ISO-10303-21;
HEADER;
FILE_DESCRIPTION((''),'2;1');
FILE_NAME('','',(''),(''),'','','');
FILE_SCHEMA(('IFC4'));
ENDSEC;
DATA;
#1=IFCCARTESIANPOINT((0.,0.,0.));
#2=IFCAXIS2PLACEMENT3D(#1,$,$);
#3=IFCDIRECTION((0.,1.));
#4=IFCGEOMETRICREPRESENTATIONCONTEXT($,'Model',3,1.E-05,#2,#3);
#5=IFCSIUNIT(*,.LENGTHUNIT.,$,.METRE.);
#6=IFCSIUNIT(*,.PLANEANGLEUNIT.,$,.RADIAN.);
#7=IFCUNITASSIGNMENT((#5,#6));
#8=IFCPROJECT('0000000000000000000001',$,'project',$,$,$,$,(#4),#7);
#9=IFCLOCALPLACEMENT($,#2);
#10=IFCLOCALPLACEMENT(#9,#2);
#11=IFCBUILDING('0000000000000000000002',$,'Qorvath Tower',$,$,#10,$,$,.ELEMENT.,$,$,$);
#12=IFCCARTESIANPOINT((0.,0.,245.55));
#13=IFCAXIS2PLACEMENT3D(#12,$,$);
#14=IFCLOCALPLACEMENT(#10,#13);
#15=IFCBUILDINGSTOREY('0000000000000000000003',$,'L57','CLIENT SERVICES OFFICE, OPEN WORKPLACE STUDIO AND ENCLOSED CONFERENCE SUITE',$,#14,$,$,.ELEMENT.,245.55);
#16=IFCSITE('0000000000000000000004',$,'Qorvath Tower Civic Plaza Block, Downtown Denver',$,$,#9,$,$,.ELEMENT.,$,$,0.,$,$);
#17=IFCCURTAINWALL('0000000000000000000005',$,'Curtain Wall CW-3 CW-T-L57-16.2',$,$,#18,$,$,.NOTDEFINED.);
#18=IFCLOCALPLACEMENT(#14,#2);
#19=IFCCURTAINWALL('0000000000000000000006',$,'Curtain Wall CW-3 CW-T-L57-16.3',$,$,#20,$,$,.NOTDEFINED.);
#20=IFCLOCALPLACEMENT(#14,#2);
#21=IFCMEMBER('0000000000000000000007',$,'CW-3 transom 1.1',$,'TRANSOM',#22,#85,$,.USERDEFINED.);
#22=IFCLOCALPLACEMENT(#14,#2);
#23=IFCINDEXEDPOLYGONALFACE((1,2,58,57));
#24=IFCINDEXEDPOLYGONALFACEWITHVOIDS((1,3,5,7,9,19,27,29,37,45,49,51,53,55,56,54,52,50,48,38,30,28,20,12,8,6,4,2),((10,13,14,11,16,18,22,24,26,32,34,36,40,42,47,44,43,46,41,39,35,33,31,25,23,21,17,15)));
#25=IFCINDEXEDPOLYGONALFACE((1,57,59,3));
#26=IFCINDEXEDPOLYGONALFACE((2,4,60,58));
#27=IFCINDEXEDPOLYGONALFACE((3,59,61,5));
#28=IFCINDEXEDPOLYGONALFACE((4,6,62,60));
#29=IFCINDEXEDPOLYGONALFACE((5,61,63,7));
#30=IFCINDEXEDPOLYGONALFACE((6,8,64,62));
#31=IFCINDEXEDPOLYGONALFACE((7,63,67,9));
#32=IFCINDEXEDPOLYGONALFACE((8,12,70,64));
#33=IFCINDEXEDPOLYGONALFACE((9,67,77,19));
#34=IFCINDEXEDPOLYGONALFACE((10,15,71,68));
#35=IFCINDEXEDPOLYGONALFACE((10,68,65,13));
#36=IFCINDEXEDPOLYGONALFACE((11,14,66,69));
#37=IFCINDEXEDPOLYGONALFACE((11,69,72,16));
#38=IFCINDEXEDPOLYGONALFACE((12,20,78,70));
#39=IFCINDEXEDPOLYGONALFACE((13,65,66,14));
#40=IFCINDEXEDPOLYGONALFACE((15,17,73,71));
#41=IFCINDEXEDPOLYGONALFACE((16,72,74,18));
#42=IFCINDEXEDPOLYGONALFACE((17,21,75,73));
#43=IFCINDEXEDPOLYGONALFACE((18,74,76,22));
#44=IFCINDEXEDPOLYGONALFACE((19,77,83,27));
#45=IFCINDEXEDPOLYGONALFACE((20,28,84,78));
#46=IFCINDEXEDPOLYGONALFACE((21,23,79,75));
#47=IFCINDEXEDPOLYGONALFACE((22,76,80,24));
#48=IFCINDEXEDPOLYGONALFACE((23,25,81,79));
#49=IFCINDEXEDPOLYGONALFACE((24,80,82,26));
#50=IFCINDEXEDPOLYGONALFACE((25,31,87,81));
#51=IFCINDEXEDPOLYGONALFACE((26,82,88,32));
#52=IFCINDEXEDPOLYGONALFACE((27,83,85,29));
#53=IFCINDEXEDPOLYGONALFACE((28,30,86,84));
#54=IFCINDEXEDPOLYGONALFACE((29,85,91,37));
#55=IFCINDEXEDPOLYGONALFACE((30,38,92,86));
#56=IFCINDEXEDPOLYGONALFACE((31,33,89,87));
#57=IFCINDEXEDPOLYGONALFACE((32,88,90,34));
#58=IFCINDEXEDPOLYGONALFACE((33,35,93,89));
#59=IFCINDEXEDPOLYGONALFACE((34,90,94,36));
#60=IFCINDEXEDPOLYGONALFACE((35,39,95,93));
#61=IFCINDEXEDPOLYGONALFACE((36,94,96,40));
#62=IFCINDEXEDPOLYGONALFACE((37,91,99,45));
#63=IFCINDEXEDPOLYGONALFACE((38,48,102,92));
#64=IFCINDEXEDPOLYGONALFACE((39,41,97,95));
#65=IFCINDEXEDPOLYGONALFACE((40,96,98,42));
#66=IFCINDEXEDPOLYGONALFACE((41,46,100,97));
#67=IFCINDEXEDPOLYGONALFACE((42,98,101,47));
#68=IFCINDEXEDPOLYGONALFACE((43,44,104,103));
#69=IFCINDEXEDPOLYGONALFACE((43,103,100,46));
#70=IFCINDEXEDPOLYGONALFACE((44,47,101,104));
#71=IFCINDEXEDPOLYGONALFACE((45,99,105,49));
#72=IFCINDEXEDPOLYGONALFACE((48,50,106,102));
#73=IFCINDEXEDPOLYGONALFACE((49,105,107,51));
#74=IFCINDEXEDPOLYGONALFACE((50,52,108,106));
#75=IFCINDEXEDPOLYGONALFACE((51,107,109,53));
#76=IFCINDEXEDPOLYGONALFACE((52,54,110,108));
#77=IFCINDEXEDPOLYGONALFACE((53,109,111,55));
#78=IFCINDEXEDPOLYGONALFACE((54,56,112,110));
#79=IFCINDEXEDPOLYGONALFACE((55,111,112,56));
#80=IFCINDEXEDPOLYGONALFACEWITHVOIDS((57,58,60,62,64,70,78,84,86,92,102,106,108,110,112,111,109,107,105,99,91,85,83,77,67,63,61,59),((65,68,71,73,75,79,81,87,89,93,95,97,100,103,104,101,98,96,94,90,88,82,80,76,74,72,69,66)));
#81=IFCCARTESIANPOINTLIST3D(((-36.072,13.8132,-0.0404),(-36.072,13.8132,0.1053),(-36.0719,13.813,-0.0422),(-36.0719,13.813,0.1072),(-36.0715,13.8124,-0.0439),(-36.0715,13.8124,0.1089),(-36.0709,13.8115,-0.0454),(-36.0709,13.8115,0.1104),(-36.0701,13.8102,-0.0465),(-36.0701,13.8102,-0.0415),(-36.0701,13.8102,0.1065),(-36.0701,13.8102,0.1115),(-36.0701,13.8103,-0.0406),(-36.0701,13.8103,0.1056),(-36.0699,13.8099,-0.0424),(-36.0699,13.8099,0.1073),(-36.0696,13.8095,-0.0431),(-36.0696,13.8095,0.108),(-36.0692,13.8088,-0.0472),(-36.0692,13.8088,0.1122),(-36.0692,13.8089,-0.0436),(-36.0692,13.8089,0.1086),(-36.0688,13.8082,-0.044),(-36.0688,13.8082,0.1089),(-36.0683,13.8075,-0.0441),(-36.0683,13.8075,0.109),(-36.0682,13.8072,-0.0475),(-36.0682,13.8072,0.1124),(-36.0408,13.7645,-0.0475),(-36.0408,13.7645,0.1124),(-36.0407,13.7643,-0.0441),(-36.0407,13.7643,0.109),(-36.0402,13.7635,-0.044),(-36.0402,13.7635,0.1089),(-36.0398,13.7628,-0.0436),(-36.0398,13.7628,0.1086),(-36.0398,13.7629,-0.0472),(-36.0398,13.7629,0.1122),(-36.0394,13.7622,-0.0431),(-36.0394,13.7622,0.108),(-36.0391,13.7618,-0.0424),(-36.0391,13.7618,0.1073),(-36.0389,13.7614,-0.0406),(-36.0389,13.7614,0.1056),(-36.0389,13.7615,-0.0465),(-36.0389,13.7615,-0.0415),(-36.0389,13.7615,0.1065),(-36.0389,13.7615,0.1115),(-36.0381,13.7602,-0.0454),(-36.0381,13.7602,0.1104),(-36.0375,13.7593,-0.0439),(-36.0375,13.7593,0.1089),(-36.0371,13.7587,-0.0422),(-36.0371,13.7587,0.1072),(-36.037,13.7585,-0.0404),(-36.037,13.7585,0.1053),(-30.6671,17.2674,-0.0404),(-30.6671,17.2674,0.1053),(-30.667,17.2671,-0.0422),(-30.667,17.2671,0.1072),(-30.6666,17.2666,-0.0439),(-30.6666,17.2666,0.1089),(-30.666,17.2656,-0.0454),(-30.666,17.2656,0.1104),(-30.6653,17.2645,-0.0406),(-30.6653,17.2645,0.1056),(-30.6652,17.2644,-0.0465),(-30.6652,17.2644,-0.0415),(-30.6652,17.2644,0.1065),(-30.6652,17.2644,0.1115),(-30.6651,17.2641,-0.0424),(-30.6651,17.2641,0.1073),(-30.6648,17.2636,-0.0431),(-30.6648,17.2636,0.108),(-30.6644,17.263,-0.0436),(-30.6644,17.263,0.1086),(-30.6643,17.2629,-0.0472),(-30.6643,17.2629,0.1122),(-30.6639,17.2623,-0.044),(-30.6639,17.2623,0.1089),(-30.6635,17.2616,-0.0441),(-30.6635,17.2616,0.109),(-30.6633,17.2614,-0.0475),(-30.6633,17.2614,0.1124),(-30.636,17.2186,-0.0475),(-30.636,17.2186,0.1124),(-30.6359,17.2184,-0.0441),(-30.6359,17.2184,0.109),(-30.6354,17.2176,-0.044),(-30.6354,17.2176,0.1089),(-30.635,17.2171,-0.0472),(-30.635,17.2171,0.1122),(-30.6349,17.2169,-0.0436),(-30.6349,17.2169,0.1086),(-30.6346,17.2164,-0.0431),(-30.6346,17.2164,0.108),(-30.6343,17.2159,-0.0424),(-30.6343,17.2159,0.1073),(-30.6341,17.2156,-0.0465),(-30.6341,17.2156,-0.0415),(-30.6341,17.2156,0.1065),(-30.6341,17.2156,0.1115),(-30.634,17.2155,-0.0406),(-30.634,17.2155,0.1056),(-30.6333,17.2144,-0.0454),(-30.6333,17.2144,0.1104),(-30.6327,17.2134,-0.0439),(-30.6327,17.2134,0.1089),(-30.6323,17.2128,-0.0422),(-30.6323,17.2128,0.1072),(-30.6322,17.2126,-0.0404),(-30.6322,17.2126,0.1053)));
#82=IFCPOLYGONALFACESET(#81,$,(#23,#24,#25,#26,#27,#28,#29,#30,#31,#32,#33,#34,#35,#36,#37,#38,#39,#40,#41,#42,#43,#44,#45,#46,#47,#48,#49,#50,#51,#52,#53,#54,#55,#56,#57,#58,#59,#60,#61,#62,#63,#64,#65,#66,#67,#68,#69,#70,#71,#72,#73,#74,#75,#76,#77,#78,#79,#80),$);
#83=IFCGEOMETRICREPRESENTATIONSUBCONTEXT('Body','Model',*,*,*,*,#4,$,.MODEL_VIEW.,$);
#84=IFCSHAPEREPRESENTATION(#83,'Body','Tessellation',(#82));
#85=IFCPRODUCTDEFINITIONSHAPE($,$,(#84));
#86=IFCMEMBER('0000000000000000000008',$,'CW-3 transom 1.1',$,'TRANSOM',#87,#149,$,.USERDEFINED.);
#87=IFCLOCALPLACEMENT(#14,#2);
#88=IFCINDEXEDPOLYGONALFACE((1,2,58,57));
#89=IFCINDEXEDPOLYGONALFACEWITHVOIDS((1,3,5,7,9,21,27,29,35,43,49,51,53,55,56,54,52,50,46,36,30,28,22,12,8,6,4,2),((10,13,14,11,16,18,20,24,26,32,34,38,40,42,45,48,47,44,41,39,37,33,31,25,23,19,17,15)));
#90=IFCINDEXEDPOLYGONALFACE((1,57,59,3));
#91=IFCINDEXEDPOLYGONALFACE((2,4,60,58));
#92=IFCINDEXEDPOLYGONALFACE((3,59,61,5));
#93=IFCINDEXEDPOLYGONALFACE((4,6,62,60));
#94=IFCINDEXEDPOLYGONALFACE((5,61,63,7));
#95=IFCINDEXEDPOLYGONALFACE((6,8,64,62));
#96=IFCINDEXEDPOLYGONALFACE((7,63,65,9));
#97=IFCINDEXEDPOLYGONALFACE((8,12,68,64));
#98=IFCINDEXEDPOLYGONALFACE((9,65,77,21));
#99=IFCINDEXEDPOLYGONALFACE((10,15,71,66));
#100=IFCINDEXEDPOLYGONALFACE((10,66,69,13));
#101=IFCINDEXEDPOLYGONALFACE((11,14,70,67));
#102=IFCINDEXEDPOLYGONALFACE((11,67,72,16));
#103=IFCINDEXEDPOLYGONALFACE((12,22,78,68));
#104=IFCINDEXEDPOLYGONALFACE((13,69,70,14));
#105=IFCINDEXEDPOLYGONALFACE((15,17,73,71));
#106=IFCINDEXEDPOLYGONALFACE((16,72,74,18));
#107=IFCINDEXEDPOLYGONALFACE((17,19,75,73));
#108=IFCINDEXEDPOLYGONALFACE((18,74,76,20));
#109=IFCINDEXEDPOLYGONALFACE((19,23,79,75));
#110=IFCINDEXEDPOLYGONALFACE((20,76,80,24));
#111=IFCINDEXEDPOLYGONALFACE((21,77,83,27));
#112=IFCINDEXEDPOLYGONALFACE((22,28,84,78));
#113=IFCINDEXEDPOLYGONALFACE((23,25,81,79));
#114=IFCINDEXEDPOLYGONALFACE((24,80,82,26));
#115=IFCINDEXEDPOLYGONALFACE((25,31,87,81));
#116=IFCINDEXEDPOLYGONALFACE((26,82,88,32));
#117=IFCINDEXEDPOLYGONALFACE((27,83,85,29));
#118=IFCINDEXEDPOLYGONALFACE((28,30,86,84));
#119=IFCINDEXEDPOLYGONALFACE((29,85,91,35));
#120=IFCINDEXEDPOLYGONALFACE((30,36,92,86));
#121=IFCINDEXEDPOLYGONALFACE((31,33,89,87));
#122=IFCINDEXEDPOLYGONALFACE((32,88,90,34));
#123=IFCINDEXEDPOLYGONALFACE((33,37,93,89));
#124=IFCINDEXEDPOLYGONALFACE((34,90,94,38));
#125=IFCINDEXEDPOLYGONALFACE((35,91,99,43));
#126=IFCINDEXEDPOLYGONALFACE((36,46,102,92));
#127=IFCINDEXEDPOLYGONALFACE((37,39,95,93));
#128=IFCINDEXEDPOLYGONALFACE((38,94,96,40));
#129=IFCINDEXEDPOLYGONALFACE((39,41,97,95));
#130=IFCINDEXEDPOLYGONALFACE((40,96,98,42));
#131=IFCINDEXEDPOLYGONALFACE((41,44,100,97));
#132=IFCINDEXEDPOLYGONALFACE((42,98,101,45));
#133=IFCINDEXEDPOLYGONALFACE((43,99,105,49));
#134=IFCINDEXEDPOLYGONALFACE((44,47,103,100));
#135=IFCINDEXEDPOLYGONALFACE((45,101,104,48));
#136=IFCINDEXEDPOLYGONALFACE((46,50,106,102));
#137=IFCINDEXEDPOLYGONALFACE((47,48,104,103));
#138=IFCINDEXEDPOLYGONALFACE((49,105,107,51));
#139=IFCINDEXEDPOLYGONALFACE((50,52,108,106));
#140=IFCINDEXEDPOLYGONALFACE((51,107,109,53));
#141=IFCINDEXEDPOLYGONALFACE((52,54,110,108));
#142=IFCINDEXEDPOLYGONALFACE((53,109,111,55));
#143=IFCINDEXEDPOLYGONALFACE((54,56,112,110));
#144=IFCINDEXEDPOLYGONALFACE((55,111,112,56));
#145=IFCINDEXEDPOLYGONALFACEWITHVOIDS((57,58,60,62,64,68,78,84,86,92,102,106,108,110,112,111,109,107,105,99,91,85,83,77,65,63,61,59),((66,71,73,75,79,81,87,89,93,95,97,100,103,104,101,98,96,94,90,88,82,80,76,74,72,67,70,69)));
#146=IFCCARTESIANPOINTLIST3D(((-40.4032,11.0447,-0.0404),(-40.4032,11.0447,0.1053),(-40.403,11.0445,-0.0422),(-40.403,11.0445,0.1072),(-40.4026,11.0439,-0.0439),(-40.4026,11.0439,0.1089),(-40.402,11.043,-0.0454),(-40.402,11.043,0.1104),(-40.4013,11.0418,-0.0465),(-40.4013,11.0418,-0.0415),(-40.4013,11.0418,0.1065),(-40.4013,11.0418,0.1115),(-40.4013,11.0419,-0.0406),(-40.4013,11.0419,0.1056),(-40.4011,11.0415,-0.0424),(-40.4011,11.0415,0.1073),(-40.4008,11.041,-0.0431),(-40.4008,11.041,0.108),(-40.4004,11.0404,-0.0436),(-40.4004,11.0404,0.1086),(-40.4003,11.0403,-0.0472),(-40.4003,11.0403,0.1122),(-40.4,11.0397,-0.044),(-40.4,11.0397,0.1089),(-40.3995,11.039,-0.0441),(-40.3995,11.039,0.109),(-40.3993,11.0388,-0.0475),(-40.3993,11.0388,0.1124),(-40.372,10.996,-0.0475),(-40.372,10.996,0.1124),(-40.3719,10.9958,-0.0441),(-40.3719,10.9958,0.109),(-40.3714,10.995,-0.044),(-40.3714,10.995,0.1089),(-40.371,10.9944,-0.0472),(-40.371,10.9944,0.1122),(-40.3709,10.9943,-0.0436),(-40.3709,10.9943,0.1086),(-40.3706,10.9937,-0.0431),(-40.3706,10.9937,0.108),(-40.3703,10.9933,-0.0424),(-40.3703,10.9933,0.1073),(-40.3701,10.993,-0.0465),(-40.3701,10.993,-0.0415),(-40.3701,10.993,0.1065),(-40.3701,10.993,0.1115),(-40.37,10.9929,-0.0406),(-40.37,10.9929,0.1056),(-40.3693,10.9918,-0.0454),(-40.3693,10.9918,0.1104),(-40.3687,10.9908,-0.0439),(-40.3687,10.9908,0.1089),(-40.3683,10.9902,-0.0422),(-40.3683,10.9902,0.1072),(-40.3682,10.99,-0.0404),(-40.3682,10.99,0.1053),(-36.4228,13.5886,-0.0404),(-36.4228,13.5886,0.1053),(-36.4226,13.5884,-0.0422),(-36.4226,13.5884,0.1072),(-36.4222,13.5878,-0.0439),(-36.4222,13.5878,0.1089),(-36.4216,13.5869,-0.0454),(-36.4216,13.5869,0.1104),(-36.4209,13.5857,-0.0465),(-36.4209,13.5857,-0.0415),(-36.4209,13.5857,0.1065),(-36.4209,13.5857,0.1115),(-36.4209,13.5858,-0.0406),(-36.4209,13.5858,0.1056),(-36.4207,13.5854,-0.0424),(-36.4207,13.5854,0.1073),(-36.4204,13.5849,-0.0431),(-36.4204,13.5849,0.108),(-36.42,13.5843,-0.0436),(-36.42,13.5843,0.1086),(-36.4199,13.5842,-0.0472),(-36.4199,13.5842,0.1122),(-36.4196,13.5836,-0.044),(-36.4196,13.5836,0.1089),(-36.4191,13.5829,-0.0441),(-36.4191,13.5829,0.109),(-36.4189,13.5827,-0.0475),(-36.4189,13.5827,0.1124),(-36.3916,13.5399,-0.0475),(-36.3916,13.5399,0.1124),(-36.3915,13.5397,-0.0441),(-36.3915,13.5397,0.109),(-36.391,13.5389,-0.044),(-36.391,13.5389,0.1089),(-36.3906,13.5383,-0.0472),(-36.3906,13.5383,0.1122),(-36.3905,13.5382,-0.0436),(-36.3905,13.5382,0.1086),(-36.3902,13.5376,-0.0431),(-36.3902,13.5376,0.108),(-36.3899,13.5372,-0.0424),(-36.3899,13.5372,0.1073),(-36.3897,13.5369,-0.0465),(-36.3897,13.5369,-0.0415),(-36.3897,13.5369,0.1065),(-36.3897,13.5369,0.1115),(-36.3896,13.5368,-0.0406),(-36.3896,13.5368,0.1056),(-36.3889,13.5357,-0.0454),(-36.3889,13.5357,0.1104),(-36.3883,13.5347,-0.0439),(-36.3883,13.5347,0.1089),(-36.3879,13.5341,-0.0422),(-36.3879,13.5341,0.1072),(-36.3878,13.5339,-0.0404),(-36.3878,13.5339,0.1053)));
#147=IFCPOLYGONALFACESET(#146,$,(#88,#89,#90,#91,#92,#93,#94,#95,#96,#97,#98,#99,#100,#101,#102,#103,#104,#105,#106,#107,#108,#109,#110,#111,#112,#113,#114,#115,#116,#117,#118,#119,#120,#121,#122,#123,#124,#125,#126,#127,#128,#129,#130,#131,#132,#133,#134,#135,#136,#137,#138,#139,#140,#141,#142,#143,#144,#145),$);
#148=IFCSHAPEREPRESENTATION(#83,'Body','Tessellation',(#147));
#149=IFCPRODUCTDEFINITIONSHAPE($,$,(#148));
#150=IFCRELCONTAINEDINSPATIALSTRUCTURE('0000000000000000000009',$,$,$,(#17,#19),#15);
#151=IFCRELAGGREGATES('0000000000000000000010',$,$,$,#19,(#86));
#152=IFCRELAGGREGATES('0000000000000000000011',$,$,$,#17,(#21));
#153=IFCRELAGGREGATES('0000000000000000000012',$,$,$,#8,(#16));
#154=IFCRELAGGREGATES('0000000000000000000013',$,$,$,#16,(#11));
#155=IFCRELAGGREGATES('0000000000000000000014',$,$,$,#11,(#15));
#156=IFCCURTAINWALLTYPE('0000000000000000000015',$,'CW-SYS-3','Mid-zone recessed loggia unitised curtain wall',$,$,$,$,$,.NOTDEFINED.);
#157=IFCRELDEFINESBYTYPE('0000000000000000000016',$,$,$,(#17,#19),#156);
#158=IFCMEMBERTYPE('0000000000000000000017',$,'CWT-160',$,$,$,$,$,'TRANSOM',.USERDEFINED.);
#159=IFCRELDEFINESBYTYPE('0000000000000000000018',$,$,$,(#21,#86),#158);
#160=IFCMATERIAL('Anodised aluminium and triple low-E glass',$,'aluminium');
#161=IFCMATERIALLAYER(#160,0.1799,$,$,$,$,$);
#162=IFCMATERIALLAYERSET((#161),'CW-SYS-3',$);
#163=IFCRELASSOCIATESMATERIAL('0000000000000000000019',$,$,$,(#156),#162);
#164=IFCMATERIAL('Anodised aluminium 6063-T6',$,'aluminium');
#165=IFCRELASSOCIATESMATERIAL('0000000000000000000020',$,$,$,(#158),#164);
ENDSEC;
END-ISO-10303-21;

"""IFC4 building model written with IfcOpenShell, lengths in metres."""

from ifc_helpers import new_model, si_unit, direction, frame, origin, origin_2d, place, context, subcontext, project, spatial, hollow_rectangle, extrude, material, layer, layer_set, material_profile, profile_set, type_object, element, aggregate, save


model = new_model("IFC4")

# Units and contexts
model_context = context("Model", 3, precision=1e-05, world=origin(), true_north=direction((0.0, 1.0)))
body_context = subcontext(model_context, "Body", "Model", "MODEL_VIEW")
ifc_project = project(units=[si_unit("LENGTHUNIT", "METRE"), si_unit("PLANEANGLEUNIT", "RADIAN")], contexts=[model_context])

# Site, building, storey
site_placement = place(None, origin())
site = spatial("IfcSite", under=ifc_project, at=site_placement, Name="Qorvath Tower Civic Plaza Block, Downtown Denver", CompositionType="ELEMENT", RefElevation=0.0)
building_placement = place(site_placement, origin())
building = spatial("IfcBuilding", under=site, at=building_placement, Name="Qorvath Tower", CompositionType="ELEMENT")
storey_placement = place(building_placement, frame((0.0, 0.0, 245.55)))
storey = spatial("IfcBuildingStorey", under=building, at=storey_placement, Name="L57", Description="CLIENT SERVICES OFFICE, OPEN WORKPLACE STUDIO AND ENCLOSED CONFERENCE SUITE", CompositionType="ELEMENT", Elevation=245.55)

# Curtain walls
ifc_material_1 = material(Name="Anodised aluminium and triple low-E glass", Category="aluminium")
ifc_layer_1 = layer(ifc_material_1, 0.1799)
ifc_layer_set_1 = layer_set([ifc_layer_1], Name="CW-SYS-3")
curtain_wall_type = type_object("IfcCurtainWallType", Name="CW-SYS-3", Description="Mid-zone recessed loggia unitised curtain wall", PredefinedType="NOTDEFINED", material=ifc_layer_set_1)
curtain_wall_1_placement = place(storey_placement, origin())
curtain_wall_1 = element("IfcCurtainWall", 1, at=curtain_wall_1_placement, inside=storey, type_object=curtain_wall_type, Name="Curtain Wall CW-3 CW-T-L57-16.2", PredefinedType="NOTDEFINED")
curtain_wall_2_placement = place(storey_placement, origin())
curtain_wall_2 = element("IfcCurtainWall", 2, at=curtain_wall_2_placement, inside=storey, type_object=curtain_wall_type, Name="Curtain Wall CW-3 CW-T-L57-16.3", PredefinedType="NOTDEFINED")

# Members
ifc_material_2 = material(Name="Anodised aluminium 6063-T6", Category="aluminium")
ifc_material_profile_1 = material_profile(ifc_material_2, hollow_rectangle(XDim=0.0649, YDim=0.1599, WallThickness=0.0034, InnerFilletRadius=0.0034, OuterFilletRadius=0.0071, at=origin_2d()), Name="CWT 160x65")
ifc_profile_set_1 = profile_set([ifc_material_profile_1], Name="Anodised aluminium 6063-T6")
member_type_1 = type_object("IfcMemberType", Name="CWT-160", ElementType="TRANSOM", PredefinedType="USERDEFINED", material=ifc_profile_set_1)
member_1_placement = place(storey_placement, frame((-30.6497, 17.24, 0.0325), z_axis=(-0.842622, -0.538505, 0.0), x_axis=(0.538505, -0.842622, 0.0)))
member_1 = element("IfcMember", 3, at=member_1_placement, type_object=member_type_1, Name="CW-3 transom 1.1", ObjectType="TRANSOM", PredefinedType="USERDEFINED", context=body_context, shape_type="SweptSolid", body=[
    extrude(hollow_rectangle(XDim=0.0649, YDim=0.1599, WallThickness=0.0034, InnerFilletRadius=0.0034, OuterFilletRadius=0.0071, at=origin_2d()), origin(), (0.0, 0.0, 1.0), 6.4143),
])
member_2_placement = place(storey_placement, frame((-36.4053, 13.5613, 0.0325), z_axis=(-0.842613, -0.53852, 0.0), x_axis=(0.53852, -0.842613, 0.0)))
member_2 = element("IfcMember", 4, at=member_2_placement, type_object=member_type_1, Name="CW-3 transom 1.1", ObjectType="TRANSOM", PredefinedType="USERDEFINED", context=body_context, shape_type="SweptSolid", body=[
    extrude(hollow_rectangle(XDim=0.0649, YDim=0.1599, WallThickness=0.0034, InnerFilletRadius=0.0034, OuterFilletRadius=0.0071, at=origin_2d()), origin(), (0.0, 0.0, 1.0), 4.7239),
])
aggregate(curtain_wall_2, [member_2])

aggregate(curtain_wall_1, [member_1])

save(model, "model.ifc")
